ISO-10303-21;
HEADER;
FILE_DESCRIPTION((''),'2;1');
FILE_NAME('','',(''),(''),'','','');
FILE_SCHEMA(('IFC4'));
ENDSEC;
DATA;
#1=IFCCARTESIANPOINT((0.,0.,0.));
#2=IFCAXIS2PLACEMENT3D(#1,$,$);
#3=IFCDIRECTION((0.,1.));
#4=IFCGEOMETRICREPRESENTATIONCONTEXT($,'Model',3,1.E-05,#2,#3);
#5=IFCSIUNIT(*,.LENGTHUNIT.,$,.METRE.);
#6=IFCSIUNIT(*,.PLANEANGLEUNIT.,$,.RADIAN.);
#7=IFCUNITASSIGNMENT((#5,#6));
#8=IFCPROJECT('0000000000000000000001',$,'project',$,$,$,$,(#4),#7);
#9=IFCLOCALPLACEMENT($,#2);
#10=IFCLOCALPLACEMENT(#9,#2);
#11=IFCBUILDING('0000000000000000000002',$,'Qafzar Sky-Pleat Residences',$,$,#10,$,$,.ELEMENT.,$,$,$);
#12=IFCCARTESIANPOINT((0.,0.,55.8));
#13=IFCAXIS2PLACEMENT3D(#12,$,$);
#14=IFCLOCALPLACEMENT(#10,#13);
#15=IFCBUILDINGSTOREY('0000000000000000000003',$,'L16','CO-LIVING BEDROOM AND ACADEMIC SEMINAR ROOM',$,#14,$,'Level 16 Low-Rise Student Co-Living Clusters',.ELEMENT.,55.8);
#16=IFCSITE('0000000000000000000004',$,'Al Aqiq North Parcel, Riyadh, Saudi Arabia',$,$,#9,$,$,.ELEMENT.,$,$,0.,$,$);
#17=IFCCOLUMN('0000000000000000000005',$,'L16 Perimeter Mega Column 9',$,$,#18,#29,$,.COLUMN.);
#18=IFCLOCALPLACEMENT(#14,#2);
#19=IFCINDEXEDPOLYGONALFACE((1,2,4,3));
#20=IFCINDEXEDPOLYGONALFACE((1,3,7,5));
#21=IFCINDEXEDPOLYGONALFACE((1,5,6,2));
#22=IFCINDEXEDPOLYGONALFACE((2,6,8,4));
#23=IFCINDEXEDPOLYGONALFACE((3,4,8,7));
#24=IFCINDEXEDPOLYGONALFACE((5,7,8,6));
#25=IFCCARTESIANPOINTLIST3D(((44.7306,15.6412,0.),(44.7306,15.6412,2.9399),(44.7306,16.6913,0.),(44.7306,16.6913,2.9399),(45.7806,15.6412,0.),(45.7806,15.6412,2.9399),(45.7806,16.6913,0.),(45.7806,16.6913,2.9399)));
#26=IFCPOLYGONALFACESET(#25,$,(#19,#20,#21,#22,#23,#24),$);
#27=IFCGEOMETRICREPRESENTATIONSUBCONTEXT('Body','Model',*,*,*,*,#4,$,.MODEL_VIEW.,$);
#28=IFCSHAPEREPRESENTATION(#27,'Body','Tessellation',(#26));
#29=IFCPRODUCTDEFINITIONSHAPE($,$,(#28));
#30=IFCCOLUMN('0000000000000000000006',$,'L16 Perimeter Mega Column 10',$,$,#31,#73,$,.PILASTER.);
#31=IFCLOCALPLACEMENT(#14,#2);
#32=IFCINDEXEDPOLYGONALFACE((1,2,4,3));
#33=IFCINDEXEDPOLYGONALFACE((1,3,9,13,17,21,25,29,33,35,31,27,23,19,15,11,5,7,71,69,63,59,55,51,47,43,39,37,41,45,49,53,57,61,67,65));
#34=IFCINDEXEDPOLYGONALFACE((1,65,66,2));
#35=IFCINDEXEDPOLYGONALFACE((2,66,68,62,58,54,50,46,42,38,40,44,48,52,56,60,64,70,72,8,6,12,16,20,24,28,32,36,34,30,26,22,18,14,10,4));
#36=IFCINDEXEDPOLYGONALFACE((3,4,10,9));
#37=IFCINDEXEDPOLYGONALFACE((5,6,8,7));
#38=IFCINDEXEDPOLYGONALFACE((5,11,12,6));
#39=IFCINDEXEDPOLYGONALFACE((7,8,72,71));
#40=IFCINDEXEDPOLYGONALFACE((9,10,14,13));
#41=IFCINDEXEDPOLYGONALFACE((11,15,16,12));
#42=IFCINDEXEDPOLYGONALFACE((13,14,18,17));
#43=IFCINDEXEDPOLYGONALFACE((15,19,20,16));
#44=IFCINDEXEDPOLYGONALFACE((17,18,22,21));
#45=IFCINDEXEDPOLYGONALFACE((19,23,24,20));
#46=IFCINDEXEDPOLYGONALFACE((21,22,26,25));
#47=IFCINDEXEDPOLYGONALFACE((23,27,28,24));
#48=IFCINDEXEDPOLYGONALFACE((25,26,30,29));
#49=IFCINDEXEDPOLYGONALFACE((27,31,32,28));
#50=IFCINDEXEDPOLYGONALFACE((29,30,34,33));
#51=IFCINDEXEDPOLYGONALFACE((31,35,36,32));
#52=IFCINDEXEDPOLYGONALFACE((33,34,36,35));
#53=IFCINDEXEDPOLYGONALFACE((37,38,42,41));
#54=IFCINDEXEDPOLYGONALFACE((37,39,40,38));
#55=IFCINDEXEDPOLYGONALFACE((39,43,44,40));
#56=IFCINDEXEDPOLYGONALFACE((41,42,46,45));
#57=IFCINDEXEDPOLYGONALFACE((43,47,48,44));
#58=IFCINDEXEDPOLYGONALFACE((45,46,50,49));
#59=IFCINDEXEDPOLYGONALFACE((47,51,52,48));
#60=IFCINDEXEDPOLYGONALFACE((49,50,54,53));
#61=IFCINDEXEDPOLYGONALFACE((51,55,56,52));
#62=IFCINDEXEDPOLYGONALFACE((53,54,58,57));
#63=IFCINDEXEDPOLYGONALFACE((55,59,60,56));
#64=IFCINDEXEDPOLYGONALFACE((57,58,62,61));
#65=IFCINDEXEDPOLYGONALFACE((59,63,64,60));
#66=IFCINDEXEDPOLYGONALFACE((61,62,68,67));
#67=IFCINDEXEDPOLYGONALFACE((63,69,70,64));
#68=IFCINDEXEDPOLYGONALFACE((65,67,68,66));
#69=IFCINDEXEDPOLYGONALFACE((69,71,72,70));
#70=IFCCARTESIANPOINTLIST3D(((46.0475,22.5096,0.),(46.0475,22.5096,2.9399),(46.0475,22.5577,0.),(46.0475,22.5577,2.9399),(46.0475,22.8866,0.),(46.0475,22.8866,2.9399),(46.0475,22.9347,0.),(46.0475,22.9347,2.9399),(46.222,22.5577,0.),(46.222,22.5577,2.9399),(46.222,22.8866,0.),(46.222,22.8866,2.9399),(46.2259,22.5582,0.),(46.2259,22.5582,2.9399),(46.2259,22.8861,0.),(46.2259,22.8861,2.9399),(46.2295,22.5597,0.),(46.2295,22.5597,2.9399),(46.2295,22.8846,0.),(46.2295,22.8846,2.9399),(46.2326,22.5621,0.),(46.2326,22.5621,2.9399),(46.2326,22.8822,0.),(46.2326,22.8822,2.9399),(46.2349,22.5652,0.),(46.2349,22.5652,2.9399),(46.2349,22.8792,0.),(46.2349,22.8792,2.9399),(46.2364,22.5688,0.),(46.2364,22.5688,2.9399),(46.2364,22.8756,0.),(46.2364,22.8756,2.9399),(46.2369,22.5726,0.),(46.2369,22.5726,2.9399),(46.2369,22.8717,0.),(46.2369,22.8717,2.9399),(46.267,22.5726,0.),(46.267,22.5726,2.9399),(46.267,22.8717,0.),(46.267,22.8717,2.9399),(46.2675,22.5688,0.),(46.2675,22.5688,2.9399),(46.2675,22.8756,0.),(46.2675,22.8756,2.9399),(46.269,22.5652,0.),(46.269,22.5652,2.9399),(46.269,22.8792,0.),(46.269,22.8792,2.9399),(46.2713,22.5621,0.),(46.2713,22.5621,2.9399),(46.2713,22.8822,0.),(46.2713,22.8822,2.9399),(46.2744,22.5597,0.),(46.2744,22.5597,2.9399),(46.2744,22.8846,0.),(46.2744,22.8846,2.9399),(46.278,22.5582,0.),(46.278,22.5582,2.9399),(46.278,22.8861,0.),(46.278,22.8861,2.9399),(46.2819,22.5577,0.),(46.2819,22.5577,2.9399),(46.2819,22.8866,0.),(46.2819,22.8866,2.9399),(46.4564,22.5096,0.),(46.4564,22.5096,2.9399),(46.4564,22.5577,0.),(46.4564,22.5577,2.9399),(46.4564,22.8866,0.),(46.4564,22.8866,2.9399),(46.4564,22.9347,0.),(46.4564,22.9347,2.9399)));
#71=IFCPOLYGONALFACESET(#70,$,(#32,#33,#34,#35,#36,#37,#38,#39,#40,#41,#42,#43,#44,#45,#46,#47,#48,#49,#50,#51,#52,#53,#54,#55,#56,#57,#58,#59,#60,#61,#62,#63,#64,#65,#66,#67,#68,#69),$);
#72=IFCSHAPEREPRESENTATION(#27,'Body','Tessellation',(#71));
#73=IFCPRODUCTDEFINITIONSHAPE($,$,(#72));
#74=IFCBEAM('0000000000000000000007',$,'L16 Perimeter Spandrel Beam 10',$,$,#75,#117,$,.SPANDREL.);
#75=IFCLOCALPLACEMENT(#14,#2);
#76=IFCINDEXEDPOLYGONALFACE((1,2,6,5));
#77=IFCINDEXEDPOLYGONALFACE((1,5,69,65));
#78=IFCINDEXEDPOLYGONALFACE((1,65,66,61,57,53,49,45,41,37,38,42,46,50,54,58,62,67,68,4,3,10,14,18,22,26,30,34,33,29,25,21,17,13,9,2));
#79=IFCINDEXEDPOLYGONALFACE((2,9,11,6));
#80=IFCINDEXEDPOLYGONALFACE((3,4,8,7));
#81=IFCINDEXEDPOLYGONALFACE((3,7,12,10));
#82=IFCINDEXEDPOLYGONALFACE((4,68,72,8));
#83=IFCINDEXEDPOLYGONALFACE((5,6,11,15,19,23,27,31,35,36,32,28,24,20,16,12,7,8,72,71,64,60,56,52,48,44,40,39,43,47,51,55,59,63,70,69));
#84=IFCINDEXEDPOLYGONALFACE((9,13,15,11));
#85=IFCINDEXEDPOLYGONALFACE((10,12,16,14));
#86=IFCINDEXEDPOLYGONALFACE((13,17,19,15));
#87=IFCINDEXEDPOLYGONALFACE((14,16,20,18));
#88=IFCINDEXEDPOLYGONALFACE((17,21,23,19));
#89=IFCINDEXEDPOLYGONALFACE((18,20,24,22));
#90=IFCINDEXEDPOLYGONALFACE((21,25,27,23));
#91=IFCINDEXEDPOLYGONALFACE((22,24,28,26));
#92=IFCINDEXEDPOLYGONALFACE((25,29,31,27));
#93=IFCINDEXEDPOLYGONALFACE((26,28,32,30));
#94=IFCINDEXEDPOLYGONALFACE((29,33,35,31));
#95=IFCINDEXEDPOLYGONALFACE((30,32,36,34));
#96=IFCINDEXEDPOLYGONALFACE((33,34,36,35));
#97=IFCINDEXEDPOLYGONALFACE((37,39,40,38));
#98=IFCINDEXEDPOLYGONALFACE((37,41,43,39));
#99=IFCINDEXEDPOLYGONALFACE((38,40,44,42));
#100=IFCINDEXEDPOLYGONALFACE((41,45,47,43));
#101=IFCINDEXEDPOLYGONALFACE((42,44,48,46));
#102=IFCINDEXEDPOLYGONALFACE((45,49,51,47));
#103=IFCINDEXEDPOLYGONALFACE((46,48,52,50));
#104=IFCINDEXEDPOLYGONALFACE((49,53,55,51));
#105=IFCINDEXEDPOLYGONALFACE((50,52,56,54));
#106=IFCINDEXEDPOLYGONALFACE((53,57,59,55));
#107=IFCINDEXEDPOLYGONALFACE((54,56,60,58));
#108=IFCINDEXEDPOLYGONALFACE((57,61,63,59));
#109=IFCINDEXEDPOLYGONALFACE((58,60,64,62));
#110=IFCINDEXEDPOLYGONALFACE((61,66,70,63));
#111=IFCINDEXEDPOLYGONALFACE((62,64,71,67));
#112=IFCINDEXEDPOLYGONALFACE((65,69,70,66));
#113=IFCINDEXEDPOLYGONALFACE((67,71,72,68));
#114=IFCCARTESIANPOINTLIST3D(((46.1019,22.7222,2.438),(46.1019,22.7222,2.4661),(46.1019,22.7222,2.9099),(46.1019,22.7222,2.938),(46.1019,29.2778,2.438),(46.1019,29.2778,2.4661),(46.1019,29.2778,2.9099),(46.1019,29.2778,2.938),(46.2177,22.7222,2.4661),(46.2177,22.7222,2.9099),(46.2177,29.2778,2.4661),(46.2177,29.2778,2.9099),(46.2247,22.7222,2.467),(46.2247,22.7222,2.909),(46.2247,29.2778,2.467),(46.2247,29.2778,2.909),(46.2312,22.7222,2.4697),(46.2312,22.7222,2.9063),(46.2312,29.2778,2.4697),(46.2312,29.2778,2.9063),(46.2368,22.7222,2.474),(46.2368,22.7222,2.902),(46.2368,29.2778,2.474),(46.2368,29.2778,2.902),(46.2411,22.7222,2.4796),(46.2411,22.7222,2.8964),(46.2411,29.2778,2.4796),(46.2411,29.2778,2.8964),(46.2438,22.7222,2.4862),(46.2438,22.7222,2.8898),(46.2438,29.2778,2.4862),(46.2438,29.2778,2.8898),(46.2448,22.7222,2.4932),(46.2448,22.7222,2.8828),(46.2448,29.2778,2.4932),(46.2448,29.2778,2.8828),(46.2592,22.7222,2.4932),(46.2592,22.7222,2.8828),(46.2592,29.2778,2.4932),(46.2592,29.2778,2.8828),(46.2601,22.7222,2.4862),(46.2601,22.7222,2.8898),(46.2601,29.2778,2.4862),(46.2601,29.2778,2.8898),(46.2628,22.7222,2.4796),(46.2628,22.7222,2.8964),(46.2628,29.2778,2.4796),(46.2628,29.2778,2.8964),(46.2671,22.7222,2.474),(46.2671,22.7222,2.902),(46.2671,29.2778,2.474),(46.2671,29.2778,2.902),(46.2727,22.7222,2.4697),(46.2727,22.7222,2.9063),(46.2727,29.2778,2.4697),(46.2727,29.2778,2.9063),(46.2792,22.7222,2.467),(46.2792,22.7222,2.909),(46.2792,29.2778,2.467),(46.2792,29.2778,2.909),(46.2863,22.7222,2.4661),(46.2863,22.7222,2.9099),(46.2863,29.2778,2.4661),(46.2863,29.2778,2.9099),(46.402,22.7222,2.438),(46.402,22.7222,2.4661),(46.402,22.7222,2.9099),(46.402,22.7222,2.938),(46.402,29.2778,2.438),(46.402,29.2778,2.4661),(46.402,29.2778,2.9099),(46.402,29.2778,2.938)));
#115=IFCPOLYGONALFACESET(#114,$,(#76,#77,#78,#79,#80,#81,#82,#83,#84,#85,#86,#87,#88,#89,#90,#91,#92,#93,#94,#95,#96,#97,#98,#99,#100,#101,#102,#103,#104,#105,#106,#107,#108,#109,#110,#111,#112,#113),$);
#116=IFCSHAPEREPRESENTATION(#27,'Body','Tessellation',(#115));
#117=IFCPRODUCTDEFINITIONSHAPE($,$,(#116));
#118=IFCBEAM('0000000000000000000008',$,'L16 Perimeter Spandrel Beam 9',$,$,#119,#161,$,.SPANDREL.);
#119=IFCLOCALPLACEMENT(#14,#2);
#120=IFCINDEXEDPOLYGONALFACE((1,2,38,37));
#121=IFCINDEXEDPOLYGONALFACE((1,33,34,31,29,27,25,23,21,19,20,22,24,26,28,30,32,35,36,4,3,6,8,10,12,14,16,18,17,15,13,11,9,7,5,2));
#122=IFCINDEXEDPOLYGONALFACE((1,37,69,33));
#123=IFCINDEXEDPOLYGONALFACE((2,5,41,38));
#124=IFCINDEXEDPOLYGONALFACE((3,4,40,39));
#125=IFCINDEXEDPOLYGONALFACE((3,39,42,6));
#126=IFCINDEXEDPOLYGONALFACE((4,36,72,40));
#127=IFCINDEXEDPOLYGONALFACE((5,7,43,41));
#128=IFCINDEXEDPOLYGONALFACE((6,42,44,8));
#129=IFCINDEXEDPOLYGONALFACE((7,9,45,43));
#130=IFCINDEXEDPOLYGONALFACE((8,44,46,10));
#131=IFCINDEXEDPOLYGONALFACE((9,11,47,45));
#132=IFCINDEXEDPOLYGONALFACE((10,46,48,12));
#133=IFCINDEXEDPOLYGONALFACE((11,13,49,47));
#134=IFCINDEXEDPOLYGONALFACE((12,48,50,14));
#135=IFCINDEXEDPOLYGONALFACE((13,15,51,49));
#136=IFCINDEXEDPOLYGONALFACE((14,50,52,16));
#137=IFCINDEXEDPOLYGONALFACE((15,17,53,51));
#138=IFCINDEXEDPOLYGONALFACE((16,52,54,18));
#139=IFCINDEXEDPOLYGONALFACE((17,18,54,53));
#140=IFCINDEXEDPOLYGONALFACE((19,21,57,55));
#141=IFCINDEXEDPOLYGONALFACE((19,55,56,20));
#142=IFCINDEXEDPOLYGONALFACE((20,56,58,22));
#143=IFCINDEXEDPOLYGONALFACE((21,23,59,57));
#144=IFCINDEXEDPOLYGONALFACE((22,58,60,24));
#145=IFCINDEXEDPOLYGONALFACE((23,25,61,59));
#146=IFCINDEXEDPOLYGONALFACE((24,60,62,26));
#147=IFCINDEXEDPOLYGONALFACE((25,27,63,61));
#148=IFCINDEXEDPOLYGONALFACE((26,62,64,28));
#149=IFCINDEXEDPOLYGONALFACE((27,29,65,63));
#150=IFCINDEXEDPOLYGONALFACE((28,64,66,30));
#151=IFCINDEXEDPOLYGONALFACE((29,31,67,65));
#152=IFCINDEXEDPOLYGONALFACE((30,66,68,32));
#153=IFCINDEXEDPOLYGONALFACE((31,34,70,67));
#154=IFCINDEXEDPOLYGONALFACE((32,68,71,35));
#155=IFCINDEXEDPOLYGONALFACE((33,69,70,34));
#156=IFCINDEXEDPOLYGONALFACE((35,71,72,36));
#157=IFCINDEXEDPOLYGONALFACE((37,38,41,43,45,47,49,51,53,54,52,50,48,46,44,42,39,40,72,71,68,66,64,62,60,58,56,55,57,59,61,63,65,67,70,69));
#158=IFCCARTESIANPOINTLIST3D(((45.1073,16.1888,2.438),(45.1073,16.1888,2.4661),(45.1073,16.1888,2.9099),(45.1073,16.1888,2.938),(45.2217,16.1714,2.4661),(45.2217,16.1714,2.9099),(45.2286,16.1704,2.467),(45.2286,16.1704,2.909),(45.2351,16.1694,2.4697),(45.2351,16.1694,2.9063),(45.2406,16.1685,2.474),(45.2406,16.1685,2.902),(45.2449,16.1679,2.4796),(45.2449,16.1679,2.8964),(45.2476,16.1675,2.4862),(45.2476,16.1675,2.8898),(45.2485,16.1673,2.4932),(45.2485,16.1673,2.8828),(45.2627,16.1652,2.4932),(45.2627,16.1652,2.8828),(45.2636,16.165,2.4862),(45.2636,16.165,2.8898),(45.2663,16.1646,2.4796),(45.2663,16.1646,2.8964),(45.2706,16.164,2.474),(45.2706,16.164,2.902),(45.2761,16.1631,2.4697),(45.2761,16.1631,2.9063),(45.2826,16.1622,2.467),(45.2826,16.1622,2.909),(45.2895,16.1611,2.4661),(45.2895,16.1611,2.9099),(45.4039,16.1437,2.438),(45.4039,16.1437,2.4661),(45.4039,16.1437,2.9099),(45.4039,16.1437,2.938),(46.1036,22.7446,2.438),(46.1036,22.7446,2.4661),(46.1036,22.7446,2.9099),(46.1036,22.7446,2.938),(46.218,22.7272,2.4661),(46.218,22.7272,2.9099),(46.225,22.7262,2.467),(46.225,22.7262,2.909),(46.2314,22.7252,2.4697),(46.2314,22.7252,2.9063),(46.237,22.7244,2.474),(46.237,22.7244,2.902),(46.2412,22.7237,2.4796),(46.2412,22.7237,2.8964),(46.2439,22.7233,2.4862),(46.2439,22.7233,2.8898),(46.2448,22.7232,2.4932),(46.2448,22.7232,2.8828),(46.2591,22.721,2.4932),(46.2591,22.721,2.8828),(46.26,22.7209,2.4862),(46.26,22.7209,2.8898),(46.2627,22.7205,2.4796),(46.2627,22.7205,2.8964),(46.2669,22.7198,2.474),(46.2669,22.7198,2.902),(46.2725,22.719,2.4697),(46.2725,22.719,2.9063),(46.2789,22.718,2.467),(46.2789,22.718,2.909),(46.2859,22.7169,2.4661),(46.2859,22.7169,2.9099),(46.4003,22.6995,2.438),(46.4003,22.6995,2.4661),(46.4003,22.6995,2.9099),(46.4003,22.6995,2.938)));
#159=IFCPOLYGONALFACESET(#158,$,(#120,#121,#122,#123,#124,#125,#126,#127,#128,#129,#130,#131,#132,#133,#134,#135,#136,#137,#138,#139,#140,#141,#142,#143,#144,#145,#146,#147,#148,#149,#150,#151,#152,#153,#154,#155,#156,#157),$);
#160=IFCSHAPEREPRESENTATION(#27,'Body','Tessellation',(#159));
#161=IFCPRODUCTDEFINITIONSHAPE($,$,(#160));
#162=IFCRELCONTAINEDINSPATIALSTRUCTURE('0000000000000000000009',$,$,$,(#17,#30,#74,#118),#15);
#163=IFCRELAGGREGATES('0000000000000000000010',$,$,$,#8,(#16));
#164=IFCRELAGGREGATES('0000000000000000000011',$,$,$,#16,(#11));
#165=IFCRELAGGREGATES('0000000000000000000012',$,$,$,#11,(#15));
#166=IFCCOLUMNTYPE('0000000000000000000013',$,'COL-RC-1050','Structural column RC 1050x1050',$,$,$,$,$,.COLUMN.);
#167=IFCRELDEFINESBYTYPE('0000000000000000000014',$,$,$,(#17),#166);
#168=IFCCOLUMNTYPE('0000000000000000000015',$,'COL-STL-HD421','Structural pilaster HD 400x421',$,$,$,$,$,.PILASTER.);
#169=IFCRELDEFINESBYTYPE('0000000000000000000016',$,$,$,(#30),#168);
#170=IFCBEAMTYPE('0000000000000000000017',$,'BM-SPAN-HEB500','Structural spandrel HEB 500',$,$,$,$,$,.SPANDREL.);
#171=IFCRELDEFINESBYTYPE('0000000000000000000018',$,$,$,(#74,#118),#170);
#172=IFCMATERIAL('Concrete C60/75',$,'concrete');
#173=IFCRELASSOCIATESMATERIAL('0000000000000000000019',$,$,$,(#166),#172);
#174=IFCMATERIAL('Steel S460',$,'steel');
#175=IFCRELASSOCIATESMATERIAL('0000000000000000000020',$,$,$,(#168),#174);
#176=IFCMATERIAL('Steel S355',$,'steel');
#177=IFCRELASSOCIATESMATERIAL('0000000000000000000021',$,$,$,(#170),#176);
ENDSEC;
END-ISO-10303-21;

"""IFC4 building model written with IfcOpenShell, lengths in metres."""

from ifc_helpers import new_model, si_unit, direction, frame, origin, origin_2d, place, context, subcontext, project, spatial, rectangle, i_section, extrude, source, transform, mapped, material, material_profile, profile_set, type_object, element, save


model = new_model("IFC4")

# Units and contexts
model_context = context("Model", 3, precision=1e-05, world=origin(), true_north=direction((0.0, 1.0)))
body_context = subcontext(model_context, "Body", "Model", "MODEL_VIEW")
ifc_project = project(units=[si_unit("LENGTHUNIT", "METRE"), si_unit("PLANEANGLEUNIT", "RADIAN")], contexts=[model_context])

# Site, building, storey
site_placement = place(None, origin())
site = spatial("IfcSite", under=ifc_project, at=site_placement, Name="Al Aqiq North Parcel, Riyadh, Saudi Arabia", CompositionType="ELEMENT", RefElevation=0.0)
building_placement = place(site_placement, origin())
building = spatial("IfcBuilding", under=site, at=building_placement, Name="Qafzar Sky-Pleat Residences", CompositionType="ELEMENT")
storey_placement = place(building_placement, frame((0.0, 0.0, 55.8)))
storey = spatial("IfcBuildingStorey", under=building, at=storey_placement, Name="L16", Description="CO-LIVING BEDROOM AND ACADEMIC SEMINAR ROOM", LongName="Level 16 Low-Rise Student Co-Living Clusters", CompositionType="ELEMENT", Elevation=55.8)

# Columns
ifc_material_1 = material(Name="Concrete C60/75", Category="concrete")
ifc_material_profile_1 = material_profile(ifc_material_1, rectangle(XDim=1.05, YDim=1.05, at=origin_2d()), Name="RC 1050x1050")
ifc_profile_set_1 = profile_set([ifc_material_profile_1], Name="Concrete C60/75")
column_type_1 = type_object("IfcColumnType", Name="COL-RC-1050", Description="Structural column RC 1050x1050", PredefinedType="COLUMN", material=ifc_profile_set_1)
shared_shape_1 = source(origin(), body_context, "Body", "SweptSolid", [
    extrude(rectangle(XDim=1.05, YDim=1.05, at=origin_2d()), origin(), (0.0, 0.0, 1.0), 2.9399),
])
column_1_placement = place(storey_placement, frame((45.2556, 16.1663, 0.0), z_axis=(0.0, 0.0, 1.0), x_axis=(1.0, 0.0, 0.0)))
element("IfcColumn", 1, at=column_1_placement, inside=storey, type_object=column_type_1, Name="L16 Perimeter Mega Column 9", PredefinedType="COLUMN", context=body_context, shape_type="MappedRepresentation", body=[
    mapped(shared_shape_1, transform((0.0, 0.0, 0.0), x_axis=(1.0, 0.0, 0.0), y_axis=(0.0, 1.0, 0.0), z_axis=(0.0, 0.0, 1.0), scale=1.0)),
])
ifc_material_2 = material(Name="Steel S460", Category="steel")
ifc_material_profile_2 = material_profile(ifc_material_2, i_section(OverallWidth=0.4089, OverallDepth=0.425, WebThickness=0.03, FlangeThickness=0.0481, FilletRadius=0.0149, at=origin_2d()), Name="HD 400x421")
ifc_profile_set_2 = profile_set([ifc_material_profile_2], Name="Steel S460")
column_type_2 = type_object("IfcColumnType", Name="COL-STL-HD421", Description="Structural pilaster HD 400x421", PredefinedType="PILASTER", material=ifc_profile_set_2)
shared_shape_2 = source(origin(), body_context, "Body", "SweptSolid", [
    extrude(i_section(OverallWidth=0.4089, OverallDepth=0.425, WebThickness=0.03, FlangeThickness=0.0481, FilletRadius=0.0149, at=origin_2d()), origin(), (0.0, 0.0, 1.0), 2.9399),
])
column_2_placement = place(storey_placement, frame((46.252, 22.7222, 0.0), z_axis=(0.0, 0.0, 1.0), x_axis=(1.0, 0.0, 0.0)))
element("IfcColumn", 2, at=column_2_placement, inside=storey, type_object=column_type_2, Name="L16 Perimeter Mega Column 10", PredefinedType="PILASTER", context=body_context, shape_type="MappedRepresentation", body=[
    mapped(shared_shape_2, transform((0.0, 0.0, 0.0), x_axis=(1.0, 0.0, 0.0), y_axis=(0.0, 1.0, 0.0), z_axis=(0.0, 0.0, 1.0), scale=1.0)),
])

# Beams
ifc_material_3 = material(Name="Steel S355", Category="steel")
ifc_material_profile_3 = material_profile(ifc_material_3, i_section(OverallWidth=0.3, OverallDepth=0.5, WebThickness=0.0144, FlangeThickness=0.0281, FilletRadius=0.0271, at=origin_2d()), Name="HEB 500")
ifc_profile_set_3 = profile_set([ifc_material_profile_3], Name="Steel S355")
beam_type_1 = type_object("IfcBeamType", Name="BM-SPAN-HEB500", Description="Structural spandrel HEB 500", PredefinedType="SPANDREL", material=ifc_profile_set_3)
shared_shape_3 = source(origin(), body_context, "Body", "SweptSolid", [
    extrude(i_section(OverallWidth=0.3, OverallDepth=0.5, WebThickness=0.0144, FlangeThickness=0.0281, FilletRadius=0.0271, at=origin_2d()), origin(), (0.0, 0.0, 1.0), 6.5557),
])
beam_1_placement = place(storey_placement, frame((46.252, 22.7222, 2.688), z_axis=(0.0, 1.0, 0.0), x_axis=(-1.0, 0.0, 0.0)))
element("IfcBeam", 3, at=beam_1_placement, inside=storey, type_object=beam_type_1, Name="L16 Perimeter Spandrel Beam 10", PredefinedType="SPANDREL", context=body_context, shape_type="MappedRepresentation", body=[
    mapped(shared_shape_3, transform((0.0, 0.0, 0.0), x_axis=(1.0, 0.0, 0.0), y_axis=(0.0, 1.0, 0.0), z_axis=(0.0, 0.0, 1.0), scale=1.0)),
])
shared_shape_4 = source(origin(), body_context, "Body", "SweptSolid", [
    extrude(i_section(OverallWidth=0.3, OverallDepth=0.5, WebThickness=0.0144, FlangeThickness=0.0281, FilletRadius=0.0271, at=origin_2d()), origin(), (0.0, 0.0, 1.0), 6.6311),
])
beam_2_placement = place(storey_placement, frame((45.2556, 16.1663, 2.688), z_axis=(0.15025, 0.988648, 0.0), x_axis=(-0.988648, 0.15025, 0.0)))
element("IfcBeam", 4, at=beam_2_placement, inside=storey, type_object=beam_type_1, Name="L16 Perimeter Spandrel Beam 9", PredefinedType="SPANDREL", context=body_context, shape_type="MappedRepresentation", body=[
    mapped(shared_shape_4, transform((0.0, 0.0, 0.0), x_axis=(1.0, 0.0, 0.0), y_axis=(0.0, 1.0, 0.0), z_axis=(0.0, 0.0, 1.0), scale=1.0)),
])

save(model, "model.ifc")
